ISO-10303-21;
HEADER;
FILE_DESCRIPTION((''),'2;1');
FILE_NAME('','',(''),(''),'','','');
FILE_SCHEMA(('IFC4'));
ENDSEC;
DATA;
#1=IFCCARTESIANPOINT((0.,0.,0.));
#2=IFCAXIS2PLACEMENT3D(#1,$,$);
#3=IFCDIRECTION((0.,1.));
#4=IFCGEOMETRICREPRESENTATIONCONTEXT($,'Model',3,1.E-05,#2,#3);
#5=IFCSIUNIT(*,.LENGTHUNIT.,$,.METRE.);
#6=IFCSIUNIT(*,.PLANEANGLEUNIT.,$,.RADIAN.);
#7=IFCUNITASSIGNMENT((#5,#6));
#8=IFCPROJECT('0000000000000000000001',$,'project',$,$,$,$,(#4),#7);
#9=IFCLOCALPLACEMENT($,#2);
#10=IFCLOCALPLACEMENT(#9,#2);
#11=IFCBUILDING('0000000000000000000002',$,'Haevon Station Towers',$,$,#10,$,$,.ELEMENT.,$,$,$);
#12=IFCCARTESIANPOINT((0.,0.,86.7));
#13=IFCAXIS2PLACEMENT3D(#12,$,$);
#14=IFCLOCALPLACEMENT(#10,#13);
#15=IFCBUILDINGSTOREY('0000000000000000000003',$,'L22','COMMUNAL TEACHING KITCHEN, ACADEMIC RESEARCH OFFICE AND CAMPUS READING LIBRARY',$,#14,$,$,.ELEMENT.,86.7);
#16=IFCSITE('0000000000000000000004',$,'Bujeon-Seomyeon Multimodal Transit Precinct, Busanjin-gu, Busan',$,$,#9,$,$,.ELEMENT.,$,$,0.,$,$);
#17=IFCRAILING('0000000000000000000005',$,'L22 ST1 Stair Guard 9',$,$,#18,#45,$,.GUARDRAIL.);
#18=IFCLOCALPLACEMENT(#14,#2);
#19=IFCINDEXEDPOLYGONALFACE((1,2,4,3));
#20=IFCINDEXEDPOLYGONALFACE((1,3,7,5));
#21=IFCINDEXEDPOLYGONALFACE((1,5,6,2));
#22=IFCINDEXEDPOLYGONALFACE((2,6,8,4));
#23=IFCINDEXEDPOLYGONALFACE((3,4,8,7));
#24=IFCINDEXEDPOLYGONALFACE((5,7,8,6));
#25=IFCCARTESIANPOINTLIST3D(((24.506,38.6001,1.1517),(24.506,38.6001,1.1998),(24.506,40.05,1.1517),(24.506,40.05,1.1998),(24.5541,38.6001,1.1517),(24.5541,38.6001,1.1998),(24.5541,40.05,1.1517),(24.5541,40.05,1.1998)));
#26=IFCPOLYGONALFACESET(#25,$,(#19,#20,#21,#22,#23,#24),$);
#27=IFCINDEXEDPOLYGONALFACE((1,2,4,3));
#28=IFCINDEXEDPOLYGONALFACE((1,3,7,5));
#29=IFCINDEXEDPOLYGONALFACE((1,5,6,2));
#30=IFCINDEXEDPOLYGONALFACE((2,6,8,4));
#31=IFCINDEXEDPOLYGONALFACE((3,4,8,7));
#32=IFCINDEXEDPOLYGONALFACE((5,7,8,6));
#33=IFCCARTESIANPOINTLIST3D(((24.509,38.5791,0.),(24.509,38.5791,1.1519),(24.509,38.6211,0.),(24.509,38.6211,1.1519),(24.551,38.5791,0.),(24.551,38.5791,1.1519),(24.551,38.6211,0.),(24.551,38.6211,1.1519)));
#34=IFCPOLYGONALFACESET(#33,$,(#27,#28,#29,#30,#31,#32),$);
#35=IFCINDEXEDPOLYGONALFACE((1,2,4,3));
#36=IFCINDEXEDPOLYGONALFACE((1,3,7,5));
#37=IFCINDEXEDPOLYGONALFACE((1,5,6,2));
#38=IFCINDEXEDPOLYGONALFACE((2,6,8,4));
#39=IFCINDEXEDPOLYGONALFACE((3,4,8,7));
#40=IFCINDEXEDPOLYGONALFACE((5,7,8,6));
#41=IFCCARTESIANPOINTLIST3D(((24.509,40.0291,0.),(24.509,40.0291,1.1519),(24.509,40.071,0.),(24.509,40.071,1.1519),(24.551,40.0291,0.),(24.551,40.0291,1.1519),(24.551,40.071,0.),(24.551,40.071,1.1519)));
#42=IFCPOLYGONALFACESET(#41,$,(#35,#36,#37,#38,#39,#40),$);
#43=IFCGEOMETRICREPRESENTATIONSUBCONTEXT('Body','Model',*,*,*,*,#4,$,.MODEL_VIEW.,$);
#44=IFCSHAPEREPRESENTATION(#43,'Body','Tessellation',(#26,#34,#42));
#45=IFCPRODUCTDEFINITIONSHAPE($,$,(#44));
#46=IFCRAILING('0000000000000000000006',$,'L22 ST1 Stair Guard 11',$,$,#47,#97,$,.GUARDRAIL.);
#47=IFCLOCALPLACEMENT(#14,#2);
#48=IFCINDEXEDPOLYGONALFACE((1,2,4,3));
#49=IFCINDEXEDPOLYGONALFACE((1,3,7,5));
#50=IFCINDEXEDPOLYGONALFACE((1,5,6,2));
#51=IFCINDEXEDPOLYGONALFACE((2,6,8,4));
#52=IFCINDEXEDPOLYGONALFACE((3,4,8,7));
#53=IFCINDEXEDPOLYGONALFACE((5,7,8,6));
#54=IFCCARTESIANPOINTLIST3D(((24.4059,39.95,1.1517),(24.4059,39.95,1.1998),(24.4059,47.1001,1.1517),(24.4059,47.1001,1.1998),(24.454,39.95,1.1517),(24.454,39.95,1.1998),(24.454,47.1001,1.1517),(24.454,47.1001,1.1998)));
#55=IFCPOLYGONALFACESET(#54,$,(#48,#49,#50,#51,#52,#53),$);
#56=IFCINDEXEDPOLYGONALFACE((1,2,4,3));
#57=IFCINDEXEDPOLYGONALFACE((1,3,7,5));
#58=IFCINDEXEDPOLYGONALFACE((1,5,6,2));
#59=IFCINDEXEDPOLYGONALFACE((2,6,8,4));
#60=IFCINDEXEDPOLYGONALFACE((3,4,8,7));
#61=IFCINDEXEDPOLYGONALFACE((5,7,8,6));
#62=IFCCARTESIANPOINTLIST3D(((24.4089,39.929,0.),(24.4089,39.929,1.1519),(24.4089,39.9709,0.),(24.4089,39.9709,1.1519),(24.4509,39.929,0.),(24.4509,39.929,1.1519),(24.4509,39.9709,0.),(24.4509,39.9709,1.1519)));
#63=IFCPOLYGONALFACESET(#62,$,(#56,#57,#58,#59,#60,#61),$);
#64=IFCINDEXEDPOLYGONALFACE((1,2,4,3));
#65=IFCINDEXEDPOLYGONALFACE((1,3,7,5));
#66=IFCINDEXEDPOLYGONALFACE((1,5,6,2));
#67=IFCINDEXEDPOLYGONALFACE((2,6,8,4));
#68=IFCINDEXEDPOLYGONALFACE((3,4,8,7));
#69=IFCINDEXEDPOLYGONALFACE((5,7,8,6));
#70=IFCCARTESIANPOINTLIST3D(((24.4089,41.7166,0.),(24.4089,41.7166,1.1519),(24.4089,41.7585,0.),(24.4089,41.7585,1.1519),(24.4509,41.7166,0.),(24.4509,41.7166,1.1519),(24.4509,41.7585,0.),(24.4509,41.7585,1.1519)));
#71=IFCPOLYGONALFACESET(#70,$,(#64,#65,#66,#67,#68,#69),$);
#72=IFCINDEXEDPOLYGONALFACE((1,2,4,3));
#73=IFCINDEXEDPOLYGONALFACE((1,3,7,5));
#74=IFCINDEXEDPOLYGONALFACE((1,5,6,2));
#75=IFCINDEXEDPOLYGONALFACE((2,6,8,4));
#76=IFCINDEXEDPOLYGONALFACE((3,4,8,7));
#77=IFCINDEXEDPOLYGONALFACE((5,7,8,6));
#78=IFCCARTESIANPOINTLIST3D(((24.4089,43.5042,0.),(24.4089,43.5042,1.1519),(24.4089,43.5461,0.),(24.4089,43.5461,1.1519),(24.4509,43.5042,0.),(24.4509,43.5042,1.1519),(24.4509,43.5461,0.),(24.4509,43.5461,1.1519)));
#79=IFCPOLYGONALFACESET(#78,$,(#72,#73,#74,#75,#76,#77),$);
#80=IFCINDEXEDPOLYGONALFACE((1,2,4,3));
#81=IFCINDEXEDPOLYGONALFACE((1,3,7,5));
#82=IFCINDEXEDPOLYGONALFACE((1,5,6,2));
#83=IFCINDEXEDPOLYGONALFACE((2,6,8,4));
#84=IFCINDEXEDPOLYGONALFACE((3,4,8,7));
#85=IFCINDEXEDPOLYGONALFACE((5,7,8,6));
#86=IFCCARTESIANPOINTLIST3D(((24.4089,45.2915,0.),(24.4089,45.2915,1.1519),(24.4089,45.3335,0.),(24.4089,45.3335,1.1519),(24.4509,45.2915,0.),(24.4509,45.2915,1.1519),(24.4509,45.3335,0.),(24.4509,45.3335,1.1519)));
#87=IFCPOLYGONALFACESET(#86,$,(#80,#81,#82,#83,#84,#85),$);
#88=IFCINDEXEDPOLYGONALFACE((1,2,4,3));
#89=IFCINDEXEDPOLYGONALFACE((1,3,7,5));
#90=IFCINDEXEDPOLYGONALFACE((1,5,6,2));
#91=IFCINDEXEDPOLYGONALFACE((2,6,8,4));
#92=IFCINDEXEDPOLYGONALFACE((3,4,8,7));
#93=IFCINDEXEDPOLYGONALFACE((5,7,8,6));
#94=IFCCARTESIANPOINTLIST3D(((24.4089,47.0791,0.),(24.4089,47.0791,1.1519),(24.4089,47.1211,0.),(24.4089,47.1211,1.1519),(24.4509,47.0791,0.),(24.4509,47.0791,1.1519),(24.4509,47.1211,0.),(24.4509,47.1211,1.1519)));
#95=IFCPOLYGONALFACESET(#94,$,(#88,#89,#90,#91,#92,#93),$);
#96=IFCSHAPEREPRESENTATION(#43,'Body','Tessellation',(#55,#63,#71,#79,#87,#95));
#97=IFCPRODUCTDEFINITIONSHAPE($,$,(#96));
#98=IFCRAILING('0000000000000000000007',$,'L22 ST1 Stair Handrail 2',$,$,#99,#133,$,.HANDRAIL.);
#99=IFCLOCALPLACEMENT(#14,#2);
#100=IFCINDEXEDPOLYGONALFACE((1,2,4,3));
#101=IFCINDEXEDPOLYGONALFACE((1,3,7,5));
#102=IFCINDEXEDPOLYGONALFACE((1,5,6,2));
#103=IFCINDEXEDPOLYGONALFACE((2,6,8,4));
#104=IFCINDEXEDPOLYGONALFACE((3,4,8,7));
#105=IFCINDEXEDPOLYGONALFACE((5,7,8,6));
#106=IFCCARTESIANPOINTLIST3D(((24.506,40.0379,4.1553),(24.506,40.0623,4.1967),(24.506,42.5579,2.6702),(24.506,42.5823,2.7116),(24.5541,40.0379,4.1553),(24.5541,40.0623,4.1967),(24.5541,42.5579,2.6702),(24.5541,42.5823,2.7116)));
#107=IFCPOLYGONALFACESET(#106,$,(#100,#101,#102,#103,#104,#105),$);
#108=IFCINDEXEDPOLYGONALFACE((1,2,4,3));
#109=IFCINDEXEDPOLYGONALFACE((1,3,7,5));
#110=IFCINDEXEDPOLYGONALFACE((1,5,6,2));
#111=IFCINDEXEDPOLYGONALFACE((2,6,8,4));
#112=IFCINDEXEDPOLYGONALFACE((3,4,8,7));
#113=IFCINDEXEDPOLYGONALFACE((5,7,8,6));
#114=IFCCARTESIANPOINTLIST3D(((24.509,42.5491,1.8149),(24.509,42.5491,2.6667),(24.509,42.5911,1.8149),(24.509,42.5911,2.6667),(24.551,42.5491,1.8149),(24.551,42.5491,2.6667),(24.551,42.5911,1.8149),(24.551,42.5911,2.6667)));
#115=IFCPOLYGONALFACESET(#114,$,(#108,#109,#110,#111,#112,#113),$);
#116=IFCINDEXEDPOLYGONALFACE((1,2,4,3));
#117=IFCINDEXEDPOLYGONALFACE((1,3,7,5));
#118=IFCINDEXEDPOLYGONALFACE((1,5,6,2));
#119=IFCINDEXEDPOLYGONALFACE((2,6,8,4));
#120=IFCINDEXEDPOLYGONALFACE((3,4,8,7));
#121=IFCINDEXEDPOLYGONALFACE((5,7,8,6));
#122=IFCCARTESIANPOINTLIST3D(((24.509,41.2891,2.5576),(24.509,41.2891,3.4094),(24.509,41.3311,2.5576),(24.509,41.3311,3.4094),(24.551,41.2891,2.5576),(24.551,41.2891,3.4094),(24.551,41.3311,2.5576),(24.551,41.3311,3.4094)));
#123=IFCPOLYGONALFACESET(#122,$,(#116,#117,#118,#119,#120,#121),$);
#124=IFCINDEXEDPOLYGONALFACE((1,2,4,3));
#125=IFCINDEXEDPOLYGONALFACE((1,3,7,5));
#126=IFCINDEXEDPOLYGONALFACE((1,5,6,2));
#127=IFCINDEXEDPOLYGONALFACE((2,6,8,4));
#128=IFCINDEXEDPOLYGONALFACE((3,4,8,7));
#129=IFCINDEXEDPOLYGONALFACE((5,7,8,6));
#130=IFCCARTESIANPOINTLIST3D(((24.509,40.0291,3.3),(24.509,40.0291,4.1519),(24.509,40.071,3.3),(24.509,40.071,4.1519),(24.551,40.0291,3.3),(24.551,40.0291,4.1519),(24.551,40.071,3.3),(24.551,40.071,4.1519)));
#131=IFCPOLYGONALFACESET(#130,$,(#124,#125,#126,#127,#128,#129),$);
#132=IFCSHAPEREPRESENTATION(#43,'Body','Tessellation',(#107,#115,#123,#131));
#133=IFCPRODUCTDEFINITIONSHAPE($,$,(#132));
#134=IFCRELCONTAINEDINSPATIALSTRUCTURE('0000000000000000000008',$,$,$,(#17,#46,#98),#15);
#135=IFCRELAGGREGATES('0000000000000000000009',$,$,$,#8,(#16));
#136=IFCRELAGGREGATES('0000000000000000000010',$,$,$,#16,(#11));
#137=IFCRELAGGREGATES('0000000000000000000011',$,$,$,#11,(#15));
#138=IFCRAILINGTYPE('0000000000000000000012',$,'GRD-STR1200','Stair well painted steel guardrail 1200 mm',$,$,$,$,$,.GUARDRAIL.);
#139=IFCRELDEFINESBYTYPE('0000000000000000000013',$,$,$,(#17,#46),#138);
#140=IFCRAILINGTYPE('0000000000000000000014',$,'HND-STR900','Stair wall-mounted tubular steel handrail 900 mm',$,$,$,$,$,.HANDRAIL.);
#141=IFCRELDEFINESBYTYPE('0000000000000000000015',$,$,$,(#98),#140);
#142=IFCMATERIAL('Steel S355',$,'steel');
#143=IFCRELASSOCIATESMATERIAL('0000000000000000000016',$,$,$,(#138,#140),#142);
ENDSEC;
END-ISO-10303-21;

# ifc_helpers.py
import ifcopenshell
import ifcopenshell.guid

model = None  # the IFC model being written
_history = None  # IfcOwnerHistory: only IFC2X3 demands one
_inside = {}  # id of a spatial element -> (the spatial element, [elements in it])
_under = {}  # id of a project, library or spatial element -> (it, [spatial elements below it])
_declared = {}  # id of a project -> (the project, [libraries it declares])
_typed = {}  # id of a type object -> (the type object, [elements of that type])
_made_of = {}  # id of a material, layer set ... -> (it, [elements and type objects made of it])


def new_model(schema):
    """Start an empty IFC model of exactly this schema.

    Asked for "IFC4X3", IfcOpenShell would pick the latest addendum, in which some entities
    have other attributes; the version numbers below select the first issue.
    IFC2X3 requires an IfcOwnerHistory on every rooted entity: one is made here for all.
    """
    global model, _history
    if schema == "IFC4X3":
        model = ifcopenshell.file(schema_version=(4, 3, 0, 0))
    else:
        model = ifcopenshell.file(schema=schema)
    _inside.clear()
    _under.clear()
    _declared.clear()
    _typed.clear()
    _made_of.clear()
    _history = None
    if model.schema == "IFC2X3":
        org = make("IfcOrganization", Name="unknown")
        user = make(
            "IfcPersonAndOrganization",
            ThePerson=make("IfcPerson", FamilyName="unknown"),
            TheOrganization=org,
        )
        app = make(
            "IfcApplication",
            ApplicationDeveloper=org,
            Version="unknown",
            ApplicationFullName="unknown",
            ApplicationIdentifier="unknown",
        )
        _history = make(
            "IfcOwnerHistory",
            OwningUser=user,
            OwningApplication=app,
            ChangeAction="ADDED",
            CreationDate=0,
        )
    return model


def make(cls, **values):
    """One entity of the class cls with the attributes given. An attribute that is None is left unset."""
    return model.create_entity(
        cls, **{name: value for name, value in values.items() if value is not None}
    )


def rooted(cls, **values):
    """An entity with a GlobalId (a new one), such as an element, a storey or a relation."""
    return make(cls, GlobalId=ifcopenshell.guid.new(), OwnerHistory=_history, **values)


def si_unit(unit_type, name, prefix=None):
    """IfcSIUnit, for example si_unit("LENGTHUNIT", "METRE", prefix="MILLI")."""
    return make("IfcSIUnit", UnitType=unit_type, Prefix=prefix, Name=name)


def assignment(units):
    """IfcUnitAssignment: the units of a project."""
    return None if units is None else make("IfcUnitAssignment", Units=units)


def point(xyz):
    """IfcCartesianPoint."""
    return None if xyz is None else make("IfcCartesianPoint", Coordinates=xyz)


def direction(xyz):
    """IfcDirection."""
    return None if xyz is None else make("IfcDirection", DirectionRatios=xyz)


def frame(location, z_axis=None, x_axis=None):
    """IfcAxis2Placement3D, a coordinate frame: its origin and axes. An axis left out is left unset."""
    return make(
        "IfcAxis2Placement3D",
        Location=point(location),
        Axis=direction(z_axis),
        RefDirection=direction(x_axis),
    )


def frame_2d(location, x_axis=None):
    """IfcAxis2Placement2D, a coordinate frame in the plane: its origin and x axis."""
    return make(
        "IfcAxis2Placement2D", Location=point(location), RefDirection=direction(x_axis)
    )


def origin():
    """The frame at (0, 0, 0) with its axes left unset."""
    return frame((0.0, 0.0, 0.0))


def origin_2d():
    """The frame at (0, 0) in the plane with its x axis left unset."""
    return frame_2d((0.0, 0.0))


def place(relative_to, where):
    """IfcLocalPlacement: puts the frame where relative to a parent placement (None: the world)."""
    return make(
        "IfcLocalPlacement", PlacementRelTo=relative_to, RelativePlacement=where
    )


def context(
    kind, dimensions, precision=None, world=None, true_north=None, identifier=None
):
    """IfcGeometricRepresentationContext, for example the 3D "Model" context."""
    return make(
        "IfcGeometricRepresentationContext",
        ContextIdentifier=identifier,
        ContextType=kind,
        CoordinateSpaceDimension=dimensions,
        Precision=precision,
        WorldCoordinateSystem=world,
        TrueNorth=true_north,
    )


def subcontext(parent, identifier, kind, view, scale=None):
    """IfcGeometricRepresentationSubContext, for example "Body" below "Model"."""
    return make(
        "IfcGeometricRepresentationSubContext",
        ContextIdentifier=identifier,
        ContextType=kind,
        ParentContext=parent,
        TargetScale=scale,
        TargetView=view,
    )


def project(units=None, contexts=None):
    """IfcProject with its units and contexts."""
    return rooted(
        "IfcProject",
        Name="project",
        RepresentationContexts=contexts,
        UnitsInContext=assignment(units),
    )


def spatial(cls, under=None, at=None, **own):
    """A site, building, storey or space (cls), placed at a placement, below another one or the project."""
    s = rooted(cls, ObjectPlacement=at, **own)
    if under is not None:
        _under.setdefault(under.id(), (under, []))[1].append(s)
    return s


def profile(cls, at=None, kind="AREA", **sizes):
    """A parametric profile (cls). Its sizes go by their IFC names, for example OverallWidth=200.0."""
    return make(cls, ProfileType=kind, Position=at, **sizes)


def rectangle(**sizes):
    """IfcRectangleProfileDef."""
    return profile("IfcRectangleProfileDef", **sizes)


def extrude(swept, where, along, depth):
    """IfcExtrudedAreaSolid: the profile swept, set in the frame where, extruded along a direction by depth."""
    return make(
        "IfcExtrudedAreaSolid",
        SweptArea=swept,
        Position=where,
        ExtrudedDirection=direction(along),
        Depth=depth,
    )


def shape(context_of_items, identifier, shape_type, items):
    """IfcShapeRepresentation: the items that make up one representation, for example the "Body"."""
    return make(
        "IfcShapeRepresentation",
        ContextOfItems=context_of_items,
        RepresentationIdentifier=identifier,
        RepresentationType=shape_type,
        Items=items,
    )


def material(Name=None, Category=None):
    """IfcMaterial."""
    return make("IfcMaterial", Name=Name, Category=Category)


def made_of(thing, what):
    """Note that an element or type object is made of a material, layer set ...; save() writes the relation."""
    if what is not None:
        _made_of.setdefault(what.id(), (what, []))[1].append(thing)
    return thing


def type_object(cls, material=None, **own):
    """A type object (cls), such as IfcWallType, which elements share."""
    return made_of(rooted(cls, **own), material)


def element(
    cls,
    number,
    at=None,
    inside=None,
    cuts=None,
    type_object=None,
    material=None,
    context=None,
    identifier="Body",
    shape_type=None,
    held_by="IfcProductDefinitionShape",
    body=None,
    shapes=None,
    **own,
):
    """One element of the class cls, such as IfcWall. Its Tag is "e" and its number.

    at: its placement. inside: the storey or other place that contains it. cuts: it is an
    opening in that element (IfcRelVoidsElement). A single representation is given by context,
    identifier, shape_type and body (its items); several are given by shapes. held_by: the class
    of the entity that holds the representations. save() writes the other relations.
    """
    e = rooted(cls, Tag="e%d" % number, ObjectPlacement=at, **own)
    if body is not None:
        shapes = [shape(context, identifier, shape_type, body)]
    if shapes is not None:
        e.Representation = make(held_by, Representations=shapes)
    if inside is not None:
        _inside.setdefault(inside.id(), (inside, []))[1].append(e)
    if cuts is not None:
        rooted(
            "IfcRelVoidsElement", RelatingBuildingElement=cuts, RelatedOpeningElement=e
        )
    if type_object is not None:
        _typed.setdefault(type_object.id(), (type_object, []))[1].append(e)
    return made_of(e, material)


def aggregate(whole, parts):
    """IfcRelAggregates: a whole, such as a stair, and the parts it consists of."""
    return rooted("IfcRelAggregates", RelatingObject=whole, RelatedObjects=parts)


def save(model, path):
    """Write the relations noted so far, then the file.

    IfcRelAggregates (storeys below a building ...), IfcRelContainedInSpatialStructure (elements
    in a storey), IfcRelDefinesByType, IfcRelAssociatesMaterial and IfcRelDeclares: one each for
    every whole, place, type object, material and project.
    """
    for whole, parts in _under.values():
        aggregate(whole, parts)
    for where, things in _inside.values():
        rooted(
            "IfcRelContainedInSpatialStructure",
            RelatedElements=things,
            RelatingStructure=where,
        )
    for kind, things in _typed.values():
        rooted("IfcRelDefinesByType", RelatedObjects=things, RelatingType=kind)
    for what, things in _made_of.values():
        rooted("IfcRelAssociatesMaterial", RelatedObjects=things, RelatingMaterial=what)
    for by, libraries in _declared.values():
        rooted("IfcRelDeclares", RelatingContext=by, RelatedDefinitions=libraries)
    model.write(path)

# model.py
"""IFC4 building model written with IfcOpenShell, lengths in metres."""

from ifc_helpers import new_model, si_unit, direction, frame, origin, origin_2d, place, context, subcontext, project, spatial, rectangle, extrude, material, type_object, element, save


model = new_model("IFC4")

# Units and contexts
model_context = context("Model", 3, precision=1e-05, world=origin(), true_north=direction((0.0, 1.0)))
body_context = subcontext(model_context, "Body", "Model", "MODEL_VIEW")
ifc_project = project(units=[si_unit("LENGTHUNIT", "METRE"), si_unit("PLANEANGLEUNIT", "RADIAN")], contexts=[model_context])

# Site, building, storey
site_placement = place(None, origin())
site = spatial("IfcSite", under=ifc_project, at=site_placement, Name="Bujeon-Seomyeon Multimodal Transit Precinct, Busanjin-gu, Busan", CompositionType="ELEMENT", RefElevation=0.0)
building_placement = place(site_placement, origin())
building = spatial("IfcBuilding", under=site, at=building_placement, Name="Haevon Station Towers", CompositionType="ELEMENT")
storey_placement = place(building_placement, frame((0.0, 0.0, 86.7)))
storey = spatial("IfcBuildingStorey", under=building, at=storey_placement, Name="L22", Description="COMMUNAL TEACHING KITCHEN, ACADEMIC RESEARCH OFFICE AND CAMPUS READING LIBRARY", CompositionType="ELEMENT", Elevation=86.7)

# Shared definitions
ifc_material_1 = material(Name="Steel S355", Category="steel")

# Railings
railing_type_1 = type_object("IfcRailingType", Name="GRD-STR1200", Description="Stair well painted steel guardrail 1200 mm", PredefinedType="GUARDRAIL", material=ifc_material_1)
railing_1_placement = place(storey_placement, frame((24.53, 38.6001, 0.0)))
element("IfcRailing", 1, at=railing_1_placement, inside=storey, type_object=railing_type_1, Name="L22 ST1 Stair Guard 9", PredefinedType="GUARDRAIL", context=body_context, shape_type="SweptSolid", body=[
    extrude(rectangle(XDim=0.0481, YDim=0.0481, at=origin_2d()), frame((0.0, 0.0, 1.1758), z_axis=(0.0, 1.0, 0.0), x_axis=(-1.0, 0.0, 0.0)), (0.0, 0.0, 1.0), 1.45),
    extrude(rectangle(XDim=0.042, YDim=0.042, at=origin_2d()), origin(), (0.0, 0.0, 1.0), 1.1519),
    extrude(rectangle(XDim=0.042, YDim=0.042, at=origin_2d()), frame((0.0, 1.45, 0.0)), (0.0, 0.0, 1.0), 1.1519),
])
railing_2_placement = place(storey_placement, frame((24.4299, 39.95, 0.0)))
element("IfcRailing", 2, at=railing_2_placement, inside=storey, type_object=railing_type_1, Name="L22 ST1 Stair Guard 11", PredefinedType="GUARDRAIL", context=body_context, shape_type="SweptSolid", body=[
    extrude(rectangle(XDim=0.0481, YDim=0.0481, at=origin_2d()), frame((0.0, 0.0, 1.1758), z_axis=(0.0, 1.0, 0.0), x_axis=(-1.0, 0.0, 0.0)), (0.0, 0.0, 1.0), 7.1501),
    extrude(rectangle(XDim=0.042, YDim=0.042, at=origin_2d()), origin(), (0.0, 0.0, 1.0), 1.1519),
    extrude(rectangle(XDim=0.042, YDim=0.042, at=origin_2d()), frame((0.0, 1.7876, 0.0)), (0.0, 0.0, 1.0), 1.1519),
    extrude(rectangle(XDim=0.042, YDim=0.042, at=origin_2d()), frame((0.0, 3.5752, 0.0)), (0.0, 0.0, 1.0), 1.1519),
    extrude(rectangle(XDim=0.042, YDim=0.042, at=origin_2d()), frame((0.0, 5.3625, 0.0)), (0.0, 0.0, 1.0), 1.1519),
    extrude(rectangle(XDim=0.042, YDim=0.042, at=origin_2d()), frame((0.0, 7.1501, 0.0)), (0.0, 0.0, 1.0), 1.1519),
])
railing_type_2 = type_object("IfcRailingType", Name="HND-STR900", Description="Stair wall-mounted tubular steel handrail 900 mm", PredefinedType="HANDRAIL", material=ifc_material_1)
railing_3_placement = place(storey_placement, frame((24.53, 42.5701, 1.8149)))
element("IfcRailing", 3, at=railing_3_placement, inside=storey, type_object=railing_type_2, Name="L22 ST1 Stair Handrail 2", PredefinedType="HANDRAIL", context=body_context, shape_type="SweptSolid", body=[
    extrude(rectangle(XDim=0.0481, YDim=0.0481, at=origin_2d()), frame((0.0, 0.0, 0.876), z_axis=(0.0, -0.861524, 0.507717), x_axis=(1.0, 0.0, 0.0)), (0.0, 0.0, 1.0), 2.925),
    extrude(rectangle(XDim=0.042, YDim=0.042, at=origin_2d()), origin(), (0.0, 0.0, 1.0), 0.8518),
    extrude(rectangle(XDim=0.042, YDim=0.042, at=origin_2d()), frame((0.0, -1.26, 0.7427)), (0.0, 0.0, 1.0), 0.8518),
    extrude(rectangle(XDim=0.042, YDim=0.042, at=origin_2d()), frame((0.0, -2.52, 1.4851)), (0.0, 0.0, 1.0), 0.8518),
])

save(model, "model.ifc")
